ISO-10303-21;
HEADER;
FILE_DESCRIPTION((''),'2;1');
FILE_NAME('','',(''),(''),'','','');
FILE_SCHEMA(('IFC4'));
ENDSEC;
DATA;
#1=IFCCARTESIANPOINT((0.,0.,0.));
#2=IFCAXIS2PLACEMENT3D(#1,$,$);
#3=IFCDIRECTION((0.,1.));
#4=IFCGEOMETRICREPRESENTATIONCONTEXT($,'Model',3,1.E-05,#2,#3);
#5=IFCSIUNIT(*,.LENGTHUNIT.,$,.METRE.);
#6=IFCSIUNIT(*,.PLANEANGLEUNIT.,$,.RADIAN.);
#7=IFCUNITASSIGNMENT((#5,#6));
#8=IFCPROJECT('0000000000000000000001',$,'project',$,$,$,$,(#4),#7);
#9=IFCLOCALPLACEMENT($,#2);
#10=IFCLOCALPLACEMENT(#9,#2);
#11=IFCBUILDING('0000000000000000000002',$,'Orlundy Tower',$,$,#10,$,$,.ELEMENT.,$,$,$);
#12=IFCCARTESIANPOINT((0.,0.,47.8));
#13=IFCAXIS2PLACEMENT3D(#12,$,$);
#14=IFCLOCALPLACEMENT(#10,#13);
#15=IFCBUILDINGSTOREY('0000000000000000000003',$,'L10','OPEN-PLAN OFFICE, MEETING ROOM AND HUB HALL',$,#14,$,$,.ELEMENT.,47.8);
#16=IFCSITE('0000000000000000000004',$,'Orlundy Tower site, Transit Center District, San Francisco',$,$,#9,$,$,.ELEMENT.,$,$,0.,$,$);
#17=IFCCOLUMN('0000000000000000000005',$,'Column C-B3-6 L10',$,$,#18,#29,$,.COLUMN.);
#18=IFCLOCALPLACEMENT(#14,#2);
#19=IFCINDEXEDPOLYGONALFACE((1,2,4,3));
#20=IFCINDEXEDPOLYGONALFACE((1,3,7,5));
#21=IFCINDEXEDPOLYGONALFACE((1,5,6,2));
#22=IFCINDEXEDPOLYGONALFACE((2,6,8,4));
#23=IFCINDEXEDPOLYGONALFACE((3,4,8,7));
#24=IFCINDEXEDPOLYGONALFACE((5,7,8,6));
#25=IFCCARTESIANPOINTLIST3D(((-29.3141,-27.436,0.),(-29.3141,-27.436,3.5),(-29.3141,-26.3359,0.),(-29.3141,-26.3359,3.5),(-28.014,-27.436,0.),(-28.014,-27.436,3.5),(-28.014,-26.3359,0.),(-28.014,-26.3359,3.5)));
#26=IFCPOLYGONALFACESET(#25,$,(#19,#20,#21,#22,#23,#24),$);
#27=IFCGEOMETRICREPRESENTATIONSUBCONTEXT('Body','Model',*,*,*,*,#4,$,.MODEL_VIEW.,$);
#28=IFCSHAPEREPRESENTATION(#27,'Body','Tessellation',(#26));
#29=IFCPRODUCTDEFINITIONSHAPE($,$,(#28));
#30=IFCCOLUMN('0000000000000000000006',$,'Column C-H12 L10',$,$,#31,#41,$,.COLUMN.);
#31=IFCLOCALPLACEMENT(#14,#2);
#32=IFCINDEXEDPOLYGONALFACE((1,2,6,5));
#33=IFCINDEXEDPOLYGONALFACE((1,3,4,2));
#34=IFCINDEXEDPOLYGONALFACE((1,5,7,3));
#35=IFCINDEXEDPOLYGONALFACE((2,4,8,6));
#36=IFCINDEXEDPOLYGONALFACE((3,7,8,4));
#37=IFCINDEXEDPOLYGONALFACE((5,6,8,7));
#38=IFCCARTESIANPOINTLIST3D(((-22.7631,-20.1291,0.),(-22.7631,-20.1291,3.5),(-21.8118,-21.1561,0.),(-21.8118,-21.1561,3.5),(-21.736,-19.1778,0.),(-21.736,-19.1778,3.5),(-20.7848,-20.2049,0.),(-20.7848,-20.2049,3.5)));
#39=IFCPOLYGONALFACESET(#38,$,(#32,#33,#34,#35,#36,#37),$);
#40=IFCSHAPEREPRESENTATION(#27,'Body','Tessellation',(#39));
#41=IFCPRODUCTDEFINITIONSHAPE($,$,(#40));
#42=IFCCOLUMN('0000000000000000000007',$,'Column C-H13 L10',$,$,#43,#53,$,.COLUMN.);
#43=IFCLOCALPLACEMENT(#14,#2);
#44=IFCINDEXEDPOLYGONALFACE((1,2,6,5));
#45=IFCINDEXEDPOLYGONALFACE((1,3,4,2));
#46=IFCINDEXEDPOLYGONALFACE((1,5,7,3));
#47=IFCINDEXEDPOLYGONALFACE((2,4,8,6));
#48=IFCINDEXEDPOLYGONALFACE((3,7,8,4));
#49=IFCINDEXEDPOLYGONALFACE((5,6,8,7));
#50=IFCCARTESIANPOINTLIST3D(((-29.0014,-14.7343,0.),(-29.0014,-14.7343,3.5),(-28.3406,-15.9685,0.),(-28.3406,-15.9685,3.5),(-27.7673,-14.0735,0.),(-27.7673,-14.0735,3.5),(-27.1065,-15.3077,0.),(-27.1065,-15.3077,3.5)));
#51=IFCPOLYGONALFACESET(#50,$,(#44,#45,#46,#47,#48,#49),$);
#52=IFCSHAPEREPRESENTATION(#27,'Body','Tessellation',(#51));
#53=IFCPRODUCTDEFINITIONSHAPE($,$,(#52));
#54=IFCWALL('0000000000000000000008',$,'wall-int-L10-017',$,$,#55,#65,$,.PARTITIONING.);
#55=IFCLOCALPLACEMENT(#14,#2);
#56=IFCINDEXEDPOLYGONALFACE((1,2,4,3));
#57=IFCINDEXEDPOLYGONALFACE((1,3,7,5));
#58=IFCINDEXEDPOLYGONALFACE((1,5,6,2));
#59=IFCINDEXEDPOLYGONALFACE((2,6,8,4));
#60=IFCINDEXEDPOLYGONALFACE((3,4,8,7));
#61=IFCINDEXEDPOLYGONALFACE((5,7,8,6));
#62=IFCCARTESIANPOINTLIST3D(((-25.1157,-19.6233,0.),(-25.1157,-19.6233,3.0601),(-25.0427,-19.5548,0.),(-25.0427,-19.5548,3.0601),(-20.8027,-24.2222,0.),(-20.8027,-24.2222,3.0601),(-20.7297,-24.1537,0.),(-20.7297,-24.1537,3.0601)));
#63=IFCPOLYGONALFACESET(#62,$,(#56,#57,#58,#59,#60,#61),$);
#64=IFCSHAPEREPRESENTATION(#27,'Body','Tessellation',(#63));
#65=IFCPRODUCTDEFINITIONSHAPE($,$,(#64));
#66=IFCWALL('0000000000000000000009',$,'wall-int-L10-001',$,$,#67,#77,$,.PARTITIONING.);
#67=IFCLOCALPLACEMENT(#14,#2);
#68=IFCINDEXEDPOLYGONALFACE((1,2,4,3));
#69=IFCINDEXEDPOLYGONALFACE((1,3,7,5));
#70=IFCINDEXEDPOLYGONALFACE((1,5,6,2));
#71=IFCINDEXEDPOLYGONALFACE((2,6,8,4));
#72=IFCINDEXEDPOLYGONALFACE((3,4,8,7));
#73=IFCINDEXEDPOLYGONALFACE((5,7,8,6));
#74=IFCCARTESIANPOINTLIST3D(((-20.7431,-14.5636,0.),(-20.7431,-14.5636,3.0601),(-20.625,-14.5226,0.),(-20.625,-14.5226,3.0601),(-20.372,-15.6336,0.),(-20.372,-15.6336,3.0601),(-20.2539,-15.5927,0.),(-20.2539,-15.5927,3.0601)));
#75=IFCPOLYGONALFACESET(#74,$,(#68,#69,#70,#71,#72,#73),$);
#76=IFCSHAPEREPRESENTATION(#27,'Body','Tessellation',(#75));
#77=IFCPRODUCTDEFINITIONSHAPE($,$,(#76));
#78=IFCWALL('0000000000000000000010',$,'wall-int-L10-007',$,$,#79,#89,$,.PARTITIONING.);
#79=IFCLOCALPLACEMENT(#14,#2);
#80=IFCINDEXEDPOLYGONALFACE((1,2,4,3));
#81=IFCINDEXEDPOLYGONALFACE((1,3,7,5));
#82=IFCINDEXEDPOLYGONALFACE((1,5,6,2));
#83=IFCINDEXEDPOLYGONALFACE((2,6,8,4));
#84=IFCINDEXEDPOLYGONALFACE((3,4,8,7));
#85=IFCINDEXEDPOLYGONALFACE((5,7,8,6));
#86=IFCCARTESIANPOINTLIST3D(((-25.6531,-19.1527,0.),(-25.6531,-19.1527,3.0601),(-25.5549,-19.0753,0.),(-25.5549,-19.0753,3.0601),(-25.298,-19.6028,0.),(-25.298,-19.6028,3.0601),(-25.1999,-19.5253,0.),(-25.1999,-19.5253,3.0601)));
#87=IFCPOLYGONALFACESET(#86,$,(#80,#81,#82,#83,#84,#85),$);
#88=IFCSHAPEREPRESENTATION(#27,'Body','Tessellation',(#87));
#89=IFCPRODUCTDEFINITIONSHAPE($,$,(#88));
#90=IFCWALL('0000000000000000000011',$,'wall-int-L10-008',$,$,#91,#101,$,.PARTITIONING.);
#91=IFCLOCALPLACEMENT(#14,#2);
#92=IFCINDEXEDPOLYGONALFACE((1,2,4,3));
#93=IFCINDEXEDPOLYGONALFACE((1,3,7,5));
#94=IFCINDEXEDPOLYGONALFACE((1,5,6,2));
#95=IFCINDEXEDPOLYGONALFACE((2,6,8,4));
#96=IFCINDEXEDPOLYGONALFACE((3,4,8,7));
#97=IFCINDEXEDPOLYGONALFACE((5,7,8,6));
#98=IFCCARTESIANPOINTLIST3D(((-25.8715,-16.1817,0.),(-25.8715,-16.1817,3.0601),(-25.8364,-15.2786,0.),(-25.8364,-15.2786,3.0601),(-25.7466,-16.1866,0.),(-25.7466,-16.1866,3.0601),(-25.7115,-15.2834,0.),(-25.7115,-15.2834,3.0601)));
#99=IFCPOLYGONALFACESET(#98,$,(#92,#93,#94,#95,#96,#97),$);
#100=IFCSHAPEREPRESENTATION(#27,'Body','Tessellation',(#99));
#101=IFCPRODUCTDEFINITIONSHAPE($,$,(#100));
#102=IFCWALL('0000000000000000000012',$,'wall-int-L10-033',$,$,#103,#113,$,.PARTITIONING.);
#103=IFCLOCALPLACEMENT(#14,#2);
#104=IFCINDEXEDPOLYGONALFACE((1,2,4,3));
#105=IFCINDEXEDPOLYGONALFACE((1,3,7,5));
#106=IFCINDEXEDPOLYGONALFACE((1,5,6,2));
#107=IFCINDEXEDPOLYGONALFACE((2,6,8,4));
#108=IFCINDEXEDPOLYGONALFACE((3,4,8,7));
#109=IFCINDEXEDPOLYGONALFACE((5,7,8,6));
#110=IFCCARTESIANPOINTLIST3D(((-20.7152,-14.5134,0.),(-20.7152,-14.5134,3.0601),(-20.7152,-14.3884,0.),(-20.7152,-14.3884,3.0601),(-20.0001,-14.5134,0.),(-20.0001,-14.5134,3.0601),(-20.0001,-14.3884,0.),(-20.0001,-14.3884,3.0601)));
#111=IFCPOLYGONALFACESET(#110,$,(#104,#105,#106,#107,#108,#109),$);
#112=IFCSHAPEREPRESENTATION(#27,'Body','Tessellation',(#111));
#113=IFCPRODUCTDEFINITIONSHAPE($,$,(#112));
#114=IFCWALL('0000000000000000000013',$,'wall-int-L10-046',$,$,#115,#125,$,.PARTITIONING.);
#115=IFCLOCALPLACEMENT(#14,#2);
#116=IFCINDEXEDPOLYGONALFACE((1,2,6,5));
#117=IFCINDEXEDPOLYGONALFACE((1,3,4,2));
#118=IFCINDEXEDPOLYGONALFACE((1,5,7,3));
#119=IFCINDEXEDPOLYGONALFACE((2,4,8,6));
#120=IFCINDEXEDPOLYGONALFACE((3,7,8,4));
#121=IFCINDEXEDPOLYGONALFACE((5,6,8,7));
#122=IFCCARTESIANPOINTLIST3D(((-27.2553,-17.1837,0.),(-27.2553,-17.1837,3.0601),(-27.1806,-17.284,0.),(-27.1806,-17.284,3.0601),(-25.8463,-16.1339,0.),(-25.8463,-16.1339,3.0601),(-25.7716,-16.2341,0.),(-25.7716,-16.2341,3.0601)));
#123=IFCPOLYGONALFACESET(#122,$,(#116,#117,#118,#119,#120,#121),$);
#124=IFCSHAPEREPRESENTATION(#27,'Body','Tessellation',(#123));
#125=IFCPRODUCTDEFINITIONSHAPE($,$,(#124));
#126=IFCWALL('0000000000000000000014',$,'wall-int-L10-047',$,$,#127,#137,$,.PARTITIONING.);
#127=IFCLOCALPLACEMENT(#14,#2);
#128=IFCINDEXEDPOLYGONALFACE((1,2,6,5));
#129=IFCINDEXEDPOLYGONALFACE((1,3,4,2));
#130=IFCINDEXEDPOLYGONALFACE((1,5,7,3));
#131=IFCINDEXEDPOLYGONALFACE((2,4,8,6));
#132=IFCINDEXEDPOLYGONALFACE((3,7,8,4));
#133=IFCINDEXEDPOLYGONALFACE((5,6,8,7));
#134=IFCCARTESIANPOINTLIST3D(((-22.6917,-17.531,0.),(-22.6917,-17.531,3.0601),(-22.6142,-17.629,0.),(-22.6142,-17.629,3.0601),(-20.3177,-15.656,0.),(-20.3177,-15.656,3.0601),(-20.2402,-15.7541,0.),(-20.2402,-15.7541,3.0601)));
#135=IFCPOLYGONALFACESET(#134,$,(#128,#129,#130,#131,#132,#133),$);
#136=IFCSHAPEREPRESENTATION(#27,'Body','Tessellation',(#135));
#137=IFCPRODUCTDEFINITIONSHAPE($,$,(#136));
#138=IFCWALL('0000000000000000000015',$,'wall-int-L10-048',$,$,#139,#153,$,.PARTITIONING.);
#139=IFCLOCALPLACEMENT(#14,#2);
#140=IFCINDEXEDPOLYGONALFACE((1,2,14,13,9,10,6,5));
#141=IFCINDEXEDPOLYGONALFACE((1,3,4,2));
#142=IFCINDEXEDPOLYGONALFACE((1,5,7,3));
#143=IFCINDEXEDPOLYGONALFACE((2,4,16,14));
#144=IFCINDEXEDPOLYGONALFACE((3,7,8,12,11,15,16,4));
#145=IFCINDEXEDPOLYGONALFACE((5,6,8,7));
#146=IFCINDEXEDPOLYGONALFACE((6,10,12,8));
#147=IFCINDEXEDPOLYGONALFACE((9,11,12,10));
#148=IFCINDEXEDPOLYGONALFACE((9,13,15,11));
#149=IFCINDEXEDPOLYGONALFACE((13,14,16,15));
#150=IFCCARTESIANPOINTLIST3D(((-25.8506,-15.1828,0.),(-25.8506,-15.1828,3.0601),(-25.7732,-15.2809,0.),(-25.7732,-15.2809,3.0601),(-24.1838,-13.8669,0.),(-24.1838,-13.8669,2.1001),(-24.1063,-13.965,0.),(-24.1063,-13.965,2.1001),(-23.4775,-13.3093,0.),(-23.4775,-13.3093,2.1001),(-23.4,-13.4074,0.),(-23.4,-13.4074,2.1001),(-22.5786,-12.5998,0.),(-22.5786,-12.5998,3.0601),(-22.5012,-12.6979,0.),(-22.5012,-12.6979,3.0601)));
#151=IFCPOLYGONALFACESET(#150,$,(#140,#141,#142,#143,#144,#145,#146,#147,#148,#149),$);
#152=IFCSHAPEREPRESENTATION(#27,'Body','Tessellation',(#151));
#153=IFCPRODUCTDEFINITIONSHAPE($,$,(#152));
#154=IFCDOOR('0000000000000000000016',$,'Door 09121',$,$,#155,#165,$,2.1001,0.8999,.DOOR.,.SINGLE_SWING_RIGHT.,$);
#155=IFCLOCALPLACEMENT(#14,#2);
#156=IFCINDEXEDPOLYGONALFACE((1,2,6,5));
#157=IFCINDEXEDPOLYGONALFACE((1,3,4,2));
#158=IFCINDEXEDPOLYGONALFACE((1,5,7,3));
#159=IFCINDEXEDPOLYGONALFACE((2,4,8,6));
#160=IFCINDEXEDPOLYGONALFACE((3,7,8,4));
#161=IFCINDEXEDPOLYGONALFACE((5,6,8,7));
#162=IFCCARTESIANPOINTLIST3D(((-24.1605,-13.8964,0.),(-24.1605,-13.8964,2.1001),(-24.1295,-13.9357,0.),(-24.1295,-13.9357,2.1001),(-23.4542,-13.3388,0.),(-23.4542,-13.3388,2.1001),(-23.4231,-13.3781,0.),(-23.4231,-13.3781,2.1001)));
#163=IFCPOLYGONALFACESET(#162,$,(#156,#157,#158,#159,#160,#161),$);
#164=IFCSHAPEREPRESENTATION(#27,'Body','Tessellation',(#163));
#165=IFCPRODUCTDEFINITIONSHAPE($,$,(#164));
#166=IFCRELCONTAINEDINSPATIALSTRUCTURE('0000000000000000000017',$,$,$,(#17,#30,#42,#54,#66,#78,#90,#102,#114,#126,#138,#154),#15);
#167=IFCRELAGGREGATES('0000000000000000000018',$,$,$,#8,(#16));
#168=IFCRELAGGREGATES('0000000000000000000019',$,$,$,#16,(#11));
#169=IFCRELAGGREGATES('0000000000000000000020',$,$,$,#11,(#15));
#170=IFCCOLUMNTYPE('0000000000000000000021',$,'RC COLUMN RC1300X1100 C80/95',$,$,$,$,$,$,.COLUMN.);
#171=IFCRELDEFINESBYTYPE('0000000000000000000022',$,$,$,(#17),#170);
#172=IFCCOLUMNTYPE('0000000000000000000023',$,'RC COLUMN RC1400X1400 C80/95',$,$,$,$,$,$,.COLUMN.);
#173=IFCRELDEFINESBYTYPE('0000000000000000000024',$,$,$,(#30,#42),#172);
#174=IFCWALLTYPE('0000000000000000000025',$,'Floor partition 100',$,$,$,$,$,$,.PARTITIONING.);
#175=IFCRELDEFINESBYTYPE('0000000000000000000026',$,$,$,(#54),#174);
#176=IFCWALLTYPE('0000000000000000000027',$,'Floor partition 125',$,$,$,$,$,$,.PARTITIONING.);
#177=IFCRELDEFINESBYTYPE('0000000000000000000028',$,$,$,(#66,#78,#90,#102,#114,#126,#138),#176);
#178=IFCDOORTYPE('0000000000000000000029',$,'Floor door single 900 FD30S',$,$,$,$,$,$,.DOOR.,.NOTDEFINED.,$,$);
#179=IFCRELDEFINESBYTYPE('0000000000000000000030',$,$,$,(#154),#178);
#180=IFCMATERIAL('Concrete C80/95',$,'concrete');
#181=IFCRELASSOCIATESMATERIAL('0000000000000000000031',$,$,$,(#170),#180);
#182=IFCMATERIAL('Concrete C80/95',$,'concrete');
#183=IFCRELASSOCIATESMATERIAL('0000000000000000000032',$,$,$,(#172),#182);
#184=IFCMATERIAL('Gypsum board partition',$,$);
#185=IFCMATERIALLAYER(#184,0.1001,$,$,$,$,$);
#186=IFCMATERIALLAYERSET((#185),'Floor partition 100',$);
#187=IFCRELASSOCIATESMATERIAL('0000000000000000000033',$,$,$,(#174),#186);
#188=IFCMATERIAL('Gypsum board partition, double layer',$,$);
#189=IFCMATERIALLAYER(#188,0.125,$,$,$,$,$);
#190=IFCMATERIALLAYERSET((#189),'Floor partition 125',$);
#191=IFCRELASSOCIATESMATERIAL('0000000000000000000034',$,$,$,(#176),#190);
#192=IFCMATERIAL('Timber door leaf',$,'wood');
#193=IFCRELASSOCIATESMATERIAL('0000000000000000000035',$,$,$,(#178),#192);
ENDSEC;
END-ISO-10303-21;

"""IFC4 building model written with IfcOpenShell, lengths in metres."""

from ifc_helpers import new_model, si_unit, direction, frame, frame_2d, origin, origin_2d, place, context, subcontext, project, spatial, rectangle, extrude, material, layer, layer_set, material_profile, profile_set, type_object, element, fill, save


model = new_model("IFC4")

# Units and contexts
model_context = context("Model", 3, precision=1e-05, world=origin(), true_north=direction((0.0, 1.0)))
body_context = subcontext(model_context, "Body", "Model", "MODEL_VIEW")
ifc_project = project(units=[si_unit("LENGTHUNIT", "METRE"), si_unit("PLANEANGLEUNIT", "RADIAN")], contexts=[model_context])

# Site, building, storey
site_placement = place(None, origin())
site = spatial("IfcSite", under=ifc_project, at=site_placement, Name="Orlundy Tower site, Transit Center District, San Francisco", CompositionType="ELEMENT", RefElevation=0.0)
building_placement = place(site_placement, origin())
building = spatial("IfcBuilding", under=site, at=building_placement, Name="Orlundy Tower", CompositionType="ELEMENT")
storey_placement = place(building_placement, frame((0.0, 0.0, 47.8)))
storey = spatial("IfcBuildingStorey", under=building, at=storey_placement, Name="L10", Description="OPEN-PLAN OFFICE, MEETING ROOM AND HUB HALL", CompositionType="ELEMENT", Elevation=47.8)

# Columns
ifc_material_1 = material(Name="Concrete C80/95", Category="concrete")
ifc_material_profile_1 = material_profile(ifc_material_1, rectangle(XDim=1.3, YDim=1.1001, at=origin_2d()), Name="RC1300X1100")
ifc_profile_set_1 = profile_set([ifc_material_profile_1], Name="Concrete C80/95")
column_type_1 = type_object("IfcColumnType", Name="RC COLUMN RC1300X1100 C80/95", PredefinedType="COLUMN", material=ifc_profile_set_1)
column_placement = place(storey_placement, frame((-28.6641, -26.886, 0.0), z_axis=(0.0, 0.0, 1.0), x_axis=(1.0, 0.0, 0.0)))
element("IfcColumn", 1, at=column_placement, inside=storey, type_object=column_type_1, Name="Column C-B3-6 L10", PredefinedType="COLUMN", context=body_context, shape_type="SweptSolid", body=[
    extrude(rectangle(XDim=1.3, YDim=1.1001, at=origin_2d()), origin(), (0.0, 0.0, 1.0), 3.5),
])
ifc_material_2 = material(Name="Concrete C80/95", Category="concrete")
ifc_material_profile_2 = material_profile(ifc_material_2, rectangle(XDim=1.3999, YDim=1.3999, at=origin_2d()), Name="RC1400X1400")
ifc_profile_set_2 = profile_set([ifc_material_profile_2], Name="Concrete C80/95")
column_type_2 = type_object("IfcColumnType", Name="RC COLUMN RC1400X1400 C80/95", PredefinedType="COLUMN", material=ifc_profile_set_2)
for number, where, z_axis, x_axis, name in (
    (2, (-21.7739, -20.167, 0.0), (0.0, 0.0, 1.0), (-0.733659, -0.679518, 0.0), "Column C-H12 L10"),
    (3, (-28.054, -15.021, 0.0), (0.0, 0.0, 1.0), (-0.881584, -0.472028, 0.0), "Column C-H13 L10"),
):
    element("IfcColumn", number, at=place(storey_placement, frame(where, z_axis=z_axis, x_axis=x_axis)), inside=storey, type_object=column_type_2, Name=name, PredefinedType="COLUMN", context=body_context, shape_type="SweptSolid", body=[
        extrude(rectangle(XDim=1.3999, YDim=1.3999, at=origin_2d()), origin(), (0.0, 0.0, 1.0), 3.5),
    ])

# Walls
ifc_material_3 = material(Name="Gypsum board partition")
ifc_layer_1 = layer(ifc_material_3, 0.1001)
ifc_layer_set_1 = layer_set([ifc_layer_1], Name="Floor partition 100")
wall_type_1 = type_object("IfcWallType", Name="Floor partition 100", PredefinedType="PARTITIONING", material=ifc_layer_set_1)
wall_1_placement = place(storey_placement, frame((-25.0791, -19.5891, 0.0), z_axis=(0.0, 0.0, 1.0), x_axis=(0.684071, -0.729415, 0.0)))
element("IfcWall", 4, at=wall_1_placement, inside=storey, type_object=wall_type_1, Name="wall-int-L10-017", PredefinedType="PARTITIONING", context=body_context, shape_type="SweptSolid", body=[
    extrude(rectangle(XDim=6.3049, YDim=0.1001, at=frame_2d((3.1523, 0.0))), origin(), (0.0, 0.0, 1.0), 3.0601),
])
ifc_material_4 = material(Name="Gypsum board partition, double layer")
ifc_layer_2 = layer(ifc_material_4, 0.125)
ifc_layer_set_2 = layer_set([ifc_layer_2], Name="Floor partition 125")
wall_type_2 = type_object("IfcWallType", Name="Floor partition 125", PredefinedType="PARTITIONING", material=ifc_layer_set_2)
wall_2_placement = place(storey_placement, frame((-20.6841, -14.543, 0.0), z_axis=(0.0, 0.0, 1.0), x_axis=(0.327651, -0.944799, 0.0)))
element("IfcWall", 5, at=wall_2_placement, inside=storey, type_object=wall_type_2, Name="wall-int-L10-001", PredefinedType="PARTITIONING", context=body_context, shape_type="SweptSolid", body=[
    extrude(rectangle(XDim=1.1326, YDim=0.125, at=frame_2d((0.5664, 0.0))), origin(), (0.0, 0.0, 1.0), 3.0601),
])
wall_3_placement = place(storey_placement, frame((-25.604, -19.114, 0.0), z_axis=(0.0, 0.0, 1.0), x_axis=(0.619382, -0.78509, 0.0)))
element("IfcWall", 6, at=wall_3_placement, inside=storey, type_object=wall_type_2, Name="wall-int-L10-007", PredefinedType="PARTITIONING", context=body_context, shape_type="SweptSolid", body=[
    extrude(rectangle(XDim=0.5732, YDim=0.125, at=frame_2d((0.2866, 0.0))), origin(), (0.0, 0.0, 1.0), 3.0601),
])
wall_4_placement = place(storey_placement, frame((-25.7739, -15.281, 0.0), z_axis=(0.0, 0.0, 1.0), x_axis=(-0.0389, -0.999243, 0.0)))
element("IfcWall", 7, at=wall_4_placement, inside=storey, type_object=wall_type_2, Name="wall-int-L10-008", PredefinedType="PARTITIONING", context=body_context, shape_type="SweptSolid", body=[
    extrude(rectangle(XDim=0.9038, YDim=0.125, at=frame_2d((0.4519, 0.0))), origin(), (0.0, 0.0, 1.0), 3.0601),
])
wall_5_placement = place(storey_placement, frame((-20.7151, -14.4509, 0.0), z_axis=(0.0, 0.0, 1.0), x_axis=(1.0, 0.0, 0.0)))
element("IfcWall", 8, at=wall_5_placement, inside=storey, type_object=wall_type_2, Name="wall-int-L10-033", PredefinedType="PARTITIONING", context=body_context, shape_type="SweptSolid", body=[
    extrude(rectangle(XDim=0.7151, YDim=0.125, at=frame_2d((0.3574, 0.0))), origin(), (0.0, 0.0, 1.0), 3.0601),
])
wall_6_placement = place(storey_placement, frame((-25.8091, -16.1841, 0.0), z_axis=(0.0, 0.0, 1.0), x_axis=(-0.80188, -0.597485, 0.0)))
element("IfcWall", 9, at=wall_6_placement, inside=storey, type_object=wall_type_2, Name="wall-int-L10-046", PredefinedType="PARTITIONING", context=body_context, shape_type="SweptSolid", body=[
    extrude(rectangle(XDim=1.7571, YDim=0.125, at=frame_2d((0.8784, 0.0))), origin(), (0.0, 0.0, 1.0), 3.0601),
])
wall_7_placement = place(storey_placement, frame((-22.6531, -17.5801, 0.0), z_axis=(0.0, 0.0, 1.0), x_axis=(0.784759, 0.619801, 0.0)))
element("IfcWall", 10, at=wall_7_placement, inside=storey, type_object=wall_type_2, Name="wall-int-L10-047", PredefinedType="PARTITIONING", context=body_context, shape_type="SweptSolid", body=[
    extrude(rectangle(XDim=3.0251, YDim=0.125, at=frame_2d((1.5127, 0.0))), origin(), (0.0, 0.0, 1.0), 3.0601),
])

# Wall, opening, door
wall_8_placement = place(storey_placement, frame((-25.812, -15.2319, 0.0), z_axis=(0.0, 0.0, 1.0), x_axis=(0.784898, 0.619625, 0.0)))
wall_8 = element("IfcWall", 11, at=wall_8_placement, inside=storey, type_object=wall_type_2, Name="wall-int-L10-048", PredefinedType="PARTITIONING", context=body_context, shape_type="SweptSolid", body=[
    extrude(rectangle(XDim=4.1687, YDim=0.125, at=frame_2d((2.0845, 0.0))), origin(), (0.0, 0.0, 1.0), 3.0601),
])
opening_1_placement = place(wall_8_placement, frame((2.1238, 0.0, 0.0)))
opening_1 = element("IfcOpeningElement", 12, at=opening_1_placement, cuts=wall_8, PredefinedType="OPENING", context=body_context, shape_type="SweptSolid", body=[
    extrude(rectangle(XDim=0.8999, YDim=2.1001, at=frame_2d((0.45, 1.05))), frame((0.0, 0.0725, 0.0), z_axis=(0.0, -1.0, 0.0), x_axis=(1.0, 0.0, 0.0)), (0.0, 0.0, 1.0), 0.145),
])
ifc_material_5 = material(Name="Timber door leaf", Category="wood")
door_type_1 = type_object("IfcDoorType", Name="Floor door single 900 FD30S", OperationType="NOTDEFINED", PredefinedType="DOOR", material=ifc_material_5)
door_1_placement = place(opening_1_placement, origin())
door_1 = element("IfcDoor", 13, at=door_1_placement, inside=storey, type_object=door_type_1, Name="Door 09121", OperationType="SINGLE_SWING_RIGHT", OverallHeight=2.1001, OverallWidth=0.8999, PredefinedType="DOOR", context=body_context, shape_type="SweptSolid", body=[
    extrude(rectangle(XDim=0.8999, YDim=2.1001, at=frame_2d((0.45, 1.05))), frame((0.0, 0.0249, 0.0), z_axis=(0.0, -1.0, 0.0), x_axis=(1.0, 0.0, 0.0)), (0.0, 0.0, 1.0), 0.05),
])
fill(opening_1, door_1)

save(model, "model.ifc")
